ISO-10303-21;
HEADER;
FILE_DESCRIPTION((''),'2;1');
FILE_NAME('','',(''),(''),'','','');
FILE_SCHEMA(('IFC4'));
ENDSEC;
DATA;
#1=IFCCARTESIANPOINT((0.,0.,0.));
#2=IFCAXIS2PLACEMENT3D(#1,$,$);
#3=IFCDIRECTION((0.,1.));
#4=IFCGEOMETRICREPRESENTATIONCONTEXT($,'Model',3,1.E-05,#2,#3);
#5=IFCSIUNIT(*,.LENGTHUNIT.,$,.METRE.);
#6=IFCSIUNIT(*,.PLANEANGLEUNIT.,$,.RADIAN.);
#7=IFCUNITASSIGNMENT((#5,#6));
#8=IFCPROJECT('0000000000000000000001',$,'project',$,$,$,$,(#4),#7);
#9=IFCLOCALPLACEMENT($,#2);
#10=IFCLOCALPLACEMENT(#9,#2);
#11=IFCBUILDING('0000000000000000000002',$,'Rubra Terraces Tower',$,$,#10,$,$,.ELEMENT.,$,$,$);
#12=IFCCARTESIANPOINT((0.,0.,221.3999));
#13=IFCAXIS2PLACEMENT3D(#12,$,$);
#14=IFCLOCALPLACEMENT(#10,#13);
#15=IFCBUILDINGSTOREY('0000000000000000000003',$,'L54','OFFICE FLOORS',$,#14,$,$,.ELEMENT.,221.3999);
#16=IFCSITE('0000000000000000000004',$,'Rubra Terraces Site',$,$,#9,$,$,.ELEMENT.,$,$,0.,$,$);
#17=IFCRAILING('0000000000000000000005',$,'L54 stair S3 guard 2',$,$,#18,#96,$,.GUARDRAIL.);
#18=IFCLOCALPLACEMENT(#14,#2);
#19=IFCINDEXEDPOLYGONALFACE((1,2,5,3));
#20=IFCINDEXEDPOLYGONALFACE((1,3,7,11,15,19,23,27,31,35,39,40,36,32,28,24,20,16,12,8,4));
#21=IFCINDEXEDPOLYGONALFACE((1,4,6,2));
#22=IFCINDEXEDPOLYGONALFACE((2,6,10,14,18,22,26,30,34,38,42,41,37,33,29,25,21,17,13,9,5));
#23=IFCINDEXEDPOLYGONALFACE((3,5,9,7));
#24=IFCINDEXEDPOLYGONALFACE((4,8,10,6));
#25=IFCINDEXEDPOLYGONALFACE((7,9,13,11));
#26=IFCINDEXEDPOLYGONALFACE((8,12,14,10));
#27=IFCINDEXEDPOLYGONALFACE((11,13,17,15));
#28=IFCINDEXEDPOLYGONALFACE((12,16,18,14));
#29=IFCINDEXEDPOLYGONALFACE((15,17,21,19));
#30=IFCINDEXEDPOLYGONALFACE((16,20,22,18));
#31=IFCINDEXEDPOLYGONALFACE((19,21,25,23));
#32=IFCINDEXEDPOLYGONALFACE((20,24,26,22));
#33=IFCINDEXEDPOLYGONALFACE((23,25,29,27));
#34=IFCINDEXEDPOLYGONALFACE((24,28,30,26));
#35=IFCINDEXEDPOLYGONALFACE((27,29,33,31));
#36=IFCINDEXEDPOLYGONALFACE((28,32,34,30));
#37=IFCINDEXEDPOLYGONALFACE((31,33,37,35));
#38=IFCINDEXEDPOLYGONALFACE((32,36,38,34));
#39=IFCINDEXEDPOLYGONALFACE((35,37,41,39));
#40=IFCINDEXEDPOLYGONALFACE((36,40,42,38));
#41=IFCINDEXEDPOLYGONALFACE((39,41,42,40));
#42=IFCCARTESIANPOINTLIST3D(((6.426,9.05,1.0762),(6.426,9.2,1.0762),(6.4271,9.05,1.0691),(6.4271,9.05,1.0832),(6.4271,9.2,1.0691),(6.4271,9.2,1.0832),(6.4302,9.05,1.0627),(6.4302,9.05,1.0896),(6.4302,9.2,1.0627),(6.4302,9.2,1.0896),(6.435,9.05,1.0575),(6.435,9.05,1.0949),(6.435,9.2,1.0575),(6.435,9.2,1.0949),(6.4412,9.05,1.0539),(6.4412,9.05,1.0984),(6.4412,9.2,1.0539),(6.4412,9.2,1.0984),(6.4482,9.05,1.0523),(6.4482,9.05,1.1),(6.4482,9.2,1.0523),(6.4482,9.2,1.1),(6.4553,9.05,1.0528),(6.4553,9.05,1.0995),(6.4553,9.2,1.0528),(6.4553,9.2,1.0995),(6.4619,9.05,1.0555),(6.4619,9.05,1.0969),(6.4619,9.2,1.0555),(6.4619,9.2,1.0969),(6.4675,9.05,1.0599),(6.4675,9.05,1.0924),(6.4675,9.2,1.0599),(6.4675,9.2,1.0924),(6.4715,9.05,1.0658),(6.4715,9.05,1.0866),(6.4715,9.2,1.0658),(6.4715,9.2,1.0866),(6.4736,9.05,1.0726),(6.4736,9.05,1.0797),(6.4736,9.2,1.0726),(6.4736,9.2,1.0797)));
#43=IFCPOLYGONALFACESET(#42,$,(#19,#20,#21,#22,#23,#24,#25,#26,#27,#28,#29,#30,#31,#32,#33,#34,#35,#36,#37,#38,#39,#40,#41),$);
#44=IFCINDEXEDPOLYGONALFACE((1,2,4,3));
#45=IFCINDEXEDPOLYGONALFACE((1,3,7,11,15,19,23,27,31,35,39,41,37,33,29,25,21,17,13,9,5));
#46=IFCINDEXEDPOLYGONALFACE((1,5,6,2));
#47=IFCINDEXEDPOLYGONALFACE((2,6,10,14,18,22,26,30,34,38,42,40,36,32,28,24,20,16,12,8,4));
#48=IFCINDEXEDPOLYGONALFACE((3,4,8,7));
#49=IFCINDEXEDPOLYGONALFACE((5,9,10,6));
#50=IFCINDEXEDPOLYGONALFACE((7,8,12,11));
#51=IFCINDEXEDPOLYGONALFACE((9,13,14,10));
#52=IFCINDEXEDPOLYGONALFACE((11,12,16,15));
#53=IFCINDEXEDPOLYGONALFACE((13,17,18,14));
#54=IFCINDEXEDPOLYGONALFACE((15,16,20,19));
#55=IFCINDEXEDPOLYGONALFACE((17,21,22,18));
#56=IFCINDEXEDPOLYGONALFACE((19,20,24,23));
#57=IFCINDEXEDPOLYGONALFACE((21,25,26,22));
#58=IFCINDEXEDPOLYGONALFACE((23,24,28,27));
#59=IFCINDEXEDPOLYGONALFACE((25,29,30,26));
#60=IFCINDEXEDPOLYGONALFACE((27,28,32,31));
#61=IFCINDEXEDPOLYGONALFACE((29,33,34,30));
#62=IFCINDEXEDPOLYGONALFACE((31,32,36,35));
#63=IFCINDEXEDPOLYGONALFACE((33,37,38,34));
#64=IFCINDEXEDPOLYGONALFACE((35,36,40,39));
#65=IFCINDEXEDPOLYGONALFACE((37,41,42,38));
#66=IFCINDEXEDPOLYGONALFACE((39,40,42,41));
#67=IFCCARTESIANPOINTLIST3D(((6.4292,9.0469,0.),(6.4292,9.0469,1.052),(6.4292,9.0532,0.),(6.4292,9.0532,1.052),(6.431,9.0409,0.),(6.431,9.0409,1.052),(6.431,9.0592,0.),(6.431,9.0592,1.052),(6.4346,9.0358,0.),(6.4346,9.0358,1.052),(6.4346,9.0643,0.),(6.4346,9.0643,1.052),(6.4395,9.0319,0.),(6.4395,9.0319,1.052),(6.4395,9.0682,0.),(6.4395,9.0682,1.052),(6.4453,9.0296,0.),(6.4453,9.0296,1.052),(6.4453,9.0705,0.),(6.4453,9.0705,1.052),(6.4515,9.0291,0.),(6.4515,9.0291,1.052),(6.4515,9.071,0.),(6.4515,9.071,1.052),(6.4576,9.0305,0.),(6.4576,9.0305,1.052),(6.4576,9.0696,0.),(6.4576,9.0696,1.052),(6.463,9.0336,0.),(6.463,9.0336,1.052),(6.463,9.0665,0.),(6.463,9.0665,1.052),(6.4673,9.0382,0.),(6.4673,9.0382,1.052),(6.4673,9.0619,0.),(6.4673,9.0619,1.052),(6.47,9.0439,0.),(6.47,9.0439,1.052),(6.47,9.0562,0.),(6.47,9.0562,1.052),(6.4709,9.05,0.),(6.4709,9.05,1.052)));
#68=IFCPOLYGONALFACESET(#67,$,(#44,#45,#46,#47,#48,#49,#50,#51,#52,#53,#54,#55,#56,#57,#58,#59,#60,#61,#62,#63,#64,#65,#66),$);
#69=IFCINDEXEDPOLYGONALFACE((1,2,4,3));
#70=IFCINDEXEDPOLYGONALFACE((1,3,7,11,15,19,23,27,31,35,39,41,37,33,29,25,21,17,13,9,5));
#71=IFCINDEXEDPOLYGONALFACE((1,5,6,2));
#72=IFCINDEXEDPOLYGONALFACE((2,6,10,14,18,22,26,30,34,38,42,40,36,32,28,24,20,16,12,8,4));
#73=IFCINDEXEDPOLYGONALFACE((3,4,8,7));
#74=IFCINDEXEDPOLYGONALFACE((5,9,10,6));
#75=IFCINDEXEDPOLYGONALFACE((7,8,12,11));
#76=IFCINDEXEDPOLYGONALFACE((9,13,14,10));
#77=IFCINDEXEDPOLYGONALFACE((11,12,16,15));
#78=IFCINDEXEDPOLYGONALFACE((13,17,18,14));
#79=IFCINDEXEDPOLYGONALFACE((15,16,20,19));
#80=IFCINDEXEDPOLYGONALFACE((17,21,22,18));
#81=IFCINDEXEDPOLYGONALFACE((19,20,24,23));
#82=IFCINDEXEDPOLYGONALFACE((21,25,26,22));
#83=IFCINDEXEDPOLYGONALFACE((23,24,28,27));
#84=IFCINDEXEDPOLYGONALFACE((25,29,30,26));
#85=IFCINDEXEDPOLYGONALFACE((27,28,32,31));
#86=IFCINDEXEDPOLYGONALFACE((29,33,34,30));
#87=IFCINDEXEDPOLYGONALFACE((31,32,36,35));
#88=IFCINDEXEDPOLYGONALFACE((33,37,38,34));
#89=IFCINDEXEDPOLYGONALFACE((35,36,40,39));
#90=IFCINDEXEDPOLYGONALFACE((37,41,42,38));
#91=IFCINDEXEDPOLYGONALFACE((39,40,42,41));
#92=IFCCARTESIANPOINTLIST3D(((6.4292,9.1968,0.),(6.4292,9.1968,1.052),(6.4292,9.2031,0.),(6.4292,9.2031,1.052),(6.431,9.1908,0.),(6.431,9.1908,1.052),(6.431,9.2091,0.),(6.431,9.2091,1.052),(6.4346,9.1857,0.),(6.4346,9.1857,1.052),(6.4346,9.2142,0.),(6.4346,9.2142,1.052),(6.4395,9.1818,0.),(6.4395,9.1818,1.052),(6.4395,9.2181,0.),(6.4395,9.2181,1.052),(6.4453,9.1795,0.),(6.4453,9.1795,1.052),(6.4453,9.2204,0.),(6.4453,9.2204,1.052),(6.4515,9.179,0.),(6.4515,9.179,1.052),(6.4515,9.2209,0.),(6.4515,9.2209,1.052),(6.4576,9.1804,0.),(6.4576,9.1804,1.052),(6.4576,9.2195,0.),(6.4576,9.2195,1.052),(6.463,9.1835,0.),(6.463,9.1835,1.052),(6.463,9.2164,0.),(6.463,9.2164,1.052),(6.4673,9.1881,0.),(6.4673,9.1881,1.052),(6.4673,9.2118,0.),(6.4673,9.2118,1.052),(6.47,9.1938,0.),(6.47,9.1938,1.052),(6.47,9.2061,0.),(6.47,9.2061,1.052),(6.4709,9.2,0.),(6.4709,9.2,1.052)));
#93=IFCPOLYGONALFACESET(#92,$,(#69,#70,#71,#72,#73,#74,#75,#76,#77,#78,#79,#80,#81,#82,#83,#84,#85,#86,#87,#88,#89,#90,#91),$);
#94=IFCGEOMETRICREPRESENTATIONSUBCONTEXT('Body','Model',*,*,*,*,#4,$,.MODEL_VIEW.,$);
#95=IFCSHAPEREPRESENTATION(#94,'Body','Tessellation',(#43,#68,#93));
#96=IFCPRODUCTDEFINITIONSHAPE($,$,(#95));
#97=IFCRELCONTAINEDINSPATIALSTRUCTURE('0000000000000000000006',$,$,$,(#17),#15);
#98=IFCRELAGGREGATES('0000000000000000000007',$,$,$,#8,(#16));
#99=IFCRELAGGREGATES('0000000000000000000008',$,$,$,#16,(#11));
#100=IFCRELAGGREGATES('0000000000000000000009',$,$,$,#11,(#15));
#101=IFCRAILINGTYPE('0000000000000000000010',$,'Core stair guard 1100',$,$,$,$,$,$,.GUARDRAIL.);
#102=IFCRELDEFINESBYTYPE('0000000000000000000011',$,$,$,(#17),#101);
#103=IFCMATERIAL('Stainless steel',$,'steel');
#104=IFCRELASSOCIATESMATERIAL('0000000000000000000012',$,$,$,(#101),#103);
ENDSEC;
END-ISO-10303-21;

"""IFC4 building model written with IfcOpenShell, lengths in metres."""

from ifc_helpers import new_model, si_unit, direction, frame, origin, origin_2d, place, context, subcontext, project, spatial, circle, extrude, material, type_object, element, save


model = new_model("IFC4")

# Units and contexts
model_context = context("Model", 3, precision=1e-05, world=origin(), true_north=direction((0.0, 1.0)))
body_context = subcontext(model_context, "Body", "Model", "MODEL_VIEW")
ifc_project = project(units=[si_unit("LENGTHUNIT", "METRE"), si_unit("PLANEANGLEUNIT", "RADIAN")], contexts=[model_context])

# Site, building, storey
site_placement = place(None, origin())
site = spatial("IfcSite", under=ifc_project, at=site_placement, Name="Rubra Terraces Site", CompositionType="ELEMENT", RefElevation=0.0)
building_placement = place(site_placement, origin())
building = spatial("IfcBuilding", under=site, at=building_placement, Name="Rubra Terraces Tower", CompositionType="ELEMENT")
storey_placement = place(building_placement, frame((0.0, 0.0, 221.3999)))
storey = spatial("IfcBuildingStorey", under=building, at=storey_placement, Name="L54", Description="OFFICE FLOORS", CompositionType="ELEMENT", Elevation=221.3999)

# Railing
ifc_material_1 = material(Name="Stainless steel", Category="steel")
railing_type_1 = type_object("IfcRailingType", Name="Core stair guard 1100", PredefinedType="GUARDRAIL", material=ifc_material_1)
railing_1_placement = place(storey_placement, frame((6.45, 9.05, 0.0)))
element("IfcRailing", 1, at=railing_1_placement, inside=storey, type_object=railing_type_1, Name="L54 stair S3 guard 2", PredefinedType="GUARDRAIL", context=body_context, shape_type="SweptSolid", body=[
    extrude(circle(Radius=0.0239, at=origin_2d()), frame((0.0, 0.0, 1.0762), z_axis=(0.0, 1.0, 0.0), x_axis=(-1.0, 0.0, 0.0)), (0.0, 0.0, 1.0), 0.1499),
    extrude(circle(Radius=0.021, at=origin_2d()), origin(), (0.0, 0.0, 1.0), 1.052),
    extrude(circle(Radius=0.021, at=origin_2d()), frame((0.0, 0.1499, 0.0)), (0.0, 0.0, 1.0), 1.052),
])

save(model, "model.ifc")
